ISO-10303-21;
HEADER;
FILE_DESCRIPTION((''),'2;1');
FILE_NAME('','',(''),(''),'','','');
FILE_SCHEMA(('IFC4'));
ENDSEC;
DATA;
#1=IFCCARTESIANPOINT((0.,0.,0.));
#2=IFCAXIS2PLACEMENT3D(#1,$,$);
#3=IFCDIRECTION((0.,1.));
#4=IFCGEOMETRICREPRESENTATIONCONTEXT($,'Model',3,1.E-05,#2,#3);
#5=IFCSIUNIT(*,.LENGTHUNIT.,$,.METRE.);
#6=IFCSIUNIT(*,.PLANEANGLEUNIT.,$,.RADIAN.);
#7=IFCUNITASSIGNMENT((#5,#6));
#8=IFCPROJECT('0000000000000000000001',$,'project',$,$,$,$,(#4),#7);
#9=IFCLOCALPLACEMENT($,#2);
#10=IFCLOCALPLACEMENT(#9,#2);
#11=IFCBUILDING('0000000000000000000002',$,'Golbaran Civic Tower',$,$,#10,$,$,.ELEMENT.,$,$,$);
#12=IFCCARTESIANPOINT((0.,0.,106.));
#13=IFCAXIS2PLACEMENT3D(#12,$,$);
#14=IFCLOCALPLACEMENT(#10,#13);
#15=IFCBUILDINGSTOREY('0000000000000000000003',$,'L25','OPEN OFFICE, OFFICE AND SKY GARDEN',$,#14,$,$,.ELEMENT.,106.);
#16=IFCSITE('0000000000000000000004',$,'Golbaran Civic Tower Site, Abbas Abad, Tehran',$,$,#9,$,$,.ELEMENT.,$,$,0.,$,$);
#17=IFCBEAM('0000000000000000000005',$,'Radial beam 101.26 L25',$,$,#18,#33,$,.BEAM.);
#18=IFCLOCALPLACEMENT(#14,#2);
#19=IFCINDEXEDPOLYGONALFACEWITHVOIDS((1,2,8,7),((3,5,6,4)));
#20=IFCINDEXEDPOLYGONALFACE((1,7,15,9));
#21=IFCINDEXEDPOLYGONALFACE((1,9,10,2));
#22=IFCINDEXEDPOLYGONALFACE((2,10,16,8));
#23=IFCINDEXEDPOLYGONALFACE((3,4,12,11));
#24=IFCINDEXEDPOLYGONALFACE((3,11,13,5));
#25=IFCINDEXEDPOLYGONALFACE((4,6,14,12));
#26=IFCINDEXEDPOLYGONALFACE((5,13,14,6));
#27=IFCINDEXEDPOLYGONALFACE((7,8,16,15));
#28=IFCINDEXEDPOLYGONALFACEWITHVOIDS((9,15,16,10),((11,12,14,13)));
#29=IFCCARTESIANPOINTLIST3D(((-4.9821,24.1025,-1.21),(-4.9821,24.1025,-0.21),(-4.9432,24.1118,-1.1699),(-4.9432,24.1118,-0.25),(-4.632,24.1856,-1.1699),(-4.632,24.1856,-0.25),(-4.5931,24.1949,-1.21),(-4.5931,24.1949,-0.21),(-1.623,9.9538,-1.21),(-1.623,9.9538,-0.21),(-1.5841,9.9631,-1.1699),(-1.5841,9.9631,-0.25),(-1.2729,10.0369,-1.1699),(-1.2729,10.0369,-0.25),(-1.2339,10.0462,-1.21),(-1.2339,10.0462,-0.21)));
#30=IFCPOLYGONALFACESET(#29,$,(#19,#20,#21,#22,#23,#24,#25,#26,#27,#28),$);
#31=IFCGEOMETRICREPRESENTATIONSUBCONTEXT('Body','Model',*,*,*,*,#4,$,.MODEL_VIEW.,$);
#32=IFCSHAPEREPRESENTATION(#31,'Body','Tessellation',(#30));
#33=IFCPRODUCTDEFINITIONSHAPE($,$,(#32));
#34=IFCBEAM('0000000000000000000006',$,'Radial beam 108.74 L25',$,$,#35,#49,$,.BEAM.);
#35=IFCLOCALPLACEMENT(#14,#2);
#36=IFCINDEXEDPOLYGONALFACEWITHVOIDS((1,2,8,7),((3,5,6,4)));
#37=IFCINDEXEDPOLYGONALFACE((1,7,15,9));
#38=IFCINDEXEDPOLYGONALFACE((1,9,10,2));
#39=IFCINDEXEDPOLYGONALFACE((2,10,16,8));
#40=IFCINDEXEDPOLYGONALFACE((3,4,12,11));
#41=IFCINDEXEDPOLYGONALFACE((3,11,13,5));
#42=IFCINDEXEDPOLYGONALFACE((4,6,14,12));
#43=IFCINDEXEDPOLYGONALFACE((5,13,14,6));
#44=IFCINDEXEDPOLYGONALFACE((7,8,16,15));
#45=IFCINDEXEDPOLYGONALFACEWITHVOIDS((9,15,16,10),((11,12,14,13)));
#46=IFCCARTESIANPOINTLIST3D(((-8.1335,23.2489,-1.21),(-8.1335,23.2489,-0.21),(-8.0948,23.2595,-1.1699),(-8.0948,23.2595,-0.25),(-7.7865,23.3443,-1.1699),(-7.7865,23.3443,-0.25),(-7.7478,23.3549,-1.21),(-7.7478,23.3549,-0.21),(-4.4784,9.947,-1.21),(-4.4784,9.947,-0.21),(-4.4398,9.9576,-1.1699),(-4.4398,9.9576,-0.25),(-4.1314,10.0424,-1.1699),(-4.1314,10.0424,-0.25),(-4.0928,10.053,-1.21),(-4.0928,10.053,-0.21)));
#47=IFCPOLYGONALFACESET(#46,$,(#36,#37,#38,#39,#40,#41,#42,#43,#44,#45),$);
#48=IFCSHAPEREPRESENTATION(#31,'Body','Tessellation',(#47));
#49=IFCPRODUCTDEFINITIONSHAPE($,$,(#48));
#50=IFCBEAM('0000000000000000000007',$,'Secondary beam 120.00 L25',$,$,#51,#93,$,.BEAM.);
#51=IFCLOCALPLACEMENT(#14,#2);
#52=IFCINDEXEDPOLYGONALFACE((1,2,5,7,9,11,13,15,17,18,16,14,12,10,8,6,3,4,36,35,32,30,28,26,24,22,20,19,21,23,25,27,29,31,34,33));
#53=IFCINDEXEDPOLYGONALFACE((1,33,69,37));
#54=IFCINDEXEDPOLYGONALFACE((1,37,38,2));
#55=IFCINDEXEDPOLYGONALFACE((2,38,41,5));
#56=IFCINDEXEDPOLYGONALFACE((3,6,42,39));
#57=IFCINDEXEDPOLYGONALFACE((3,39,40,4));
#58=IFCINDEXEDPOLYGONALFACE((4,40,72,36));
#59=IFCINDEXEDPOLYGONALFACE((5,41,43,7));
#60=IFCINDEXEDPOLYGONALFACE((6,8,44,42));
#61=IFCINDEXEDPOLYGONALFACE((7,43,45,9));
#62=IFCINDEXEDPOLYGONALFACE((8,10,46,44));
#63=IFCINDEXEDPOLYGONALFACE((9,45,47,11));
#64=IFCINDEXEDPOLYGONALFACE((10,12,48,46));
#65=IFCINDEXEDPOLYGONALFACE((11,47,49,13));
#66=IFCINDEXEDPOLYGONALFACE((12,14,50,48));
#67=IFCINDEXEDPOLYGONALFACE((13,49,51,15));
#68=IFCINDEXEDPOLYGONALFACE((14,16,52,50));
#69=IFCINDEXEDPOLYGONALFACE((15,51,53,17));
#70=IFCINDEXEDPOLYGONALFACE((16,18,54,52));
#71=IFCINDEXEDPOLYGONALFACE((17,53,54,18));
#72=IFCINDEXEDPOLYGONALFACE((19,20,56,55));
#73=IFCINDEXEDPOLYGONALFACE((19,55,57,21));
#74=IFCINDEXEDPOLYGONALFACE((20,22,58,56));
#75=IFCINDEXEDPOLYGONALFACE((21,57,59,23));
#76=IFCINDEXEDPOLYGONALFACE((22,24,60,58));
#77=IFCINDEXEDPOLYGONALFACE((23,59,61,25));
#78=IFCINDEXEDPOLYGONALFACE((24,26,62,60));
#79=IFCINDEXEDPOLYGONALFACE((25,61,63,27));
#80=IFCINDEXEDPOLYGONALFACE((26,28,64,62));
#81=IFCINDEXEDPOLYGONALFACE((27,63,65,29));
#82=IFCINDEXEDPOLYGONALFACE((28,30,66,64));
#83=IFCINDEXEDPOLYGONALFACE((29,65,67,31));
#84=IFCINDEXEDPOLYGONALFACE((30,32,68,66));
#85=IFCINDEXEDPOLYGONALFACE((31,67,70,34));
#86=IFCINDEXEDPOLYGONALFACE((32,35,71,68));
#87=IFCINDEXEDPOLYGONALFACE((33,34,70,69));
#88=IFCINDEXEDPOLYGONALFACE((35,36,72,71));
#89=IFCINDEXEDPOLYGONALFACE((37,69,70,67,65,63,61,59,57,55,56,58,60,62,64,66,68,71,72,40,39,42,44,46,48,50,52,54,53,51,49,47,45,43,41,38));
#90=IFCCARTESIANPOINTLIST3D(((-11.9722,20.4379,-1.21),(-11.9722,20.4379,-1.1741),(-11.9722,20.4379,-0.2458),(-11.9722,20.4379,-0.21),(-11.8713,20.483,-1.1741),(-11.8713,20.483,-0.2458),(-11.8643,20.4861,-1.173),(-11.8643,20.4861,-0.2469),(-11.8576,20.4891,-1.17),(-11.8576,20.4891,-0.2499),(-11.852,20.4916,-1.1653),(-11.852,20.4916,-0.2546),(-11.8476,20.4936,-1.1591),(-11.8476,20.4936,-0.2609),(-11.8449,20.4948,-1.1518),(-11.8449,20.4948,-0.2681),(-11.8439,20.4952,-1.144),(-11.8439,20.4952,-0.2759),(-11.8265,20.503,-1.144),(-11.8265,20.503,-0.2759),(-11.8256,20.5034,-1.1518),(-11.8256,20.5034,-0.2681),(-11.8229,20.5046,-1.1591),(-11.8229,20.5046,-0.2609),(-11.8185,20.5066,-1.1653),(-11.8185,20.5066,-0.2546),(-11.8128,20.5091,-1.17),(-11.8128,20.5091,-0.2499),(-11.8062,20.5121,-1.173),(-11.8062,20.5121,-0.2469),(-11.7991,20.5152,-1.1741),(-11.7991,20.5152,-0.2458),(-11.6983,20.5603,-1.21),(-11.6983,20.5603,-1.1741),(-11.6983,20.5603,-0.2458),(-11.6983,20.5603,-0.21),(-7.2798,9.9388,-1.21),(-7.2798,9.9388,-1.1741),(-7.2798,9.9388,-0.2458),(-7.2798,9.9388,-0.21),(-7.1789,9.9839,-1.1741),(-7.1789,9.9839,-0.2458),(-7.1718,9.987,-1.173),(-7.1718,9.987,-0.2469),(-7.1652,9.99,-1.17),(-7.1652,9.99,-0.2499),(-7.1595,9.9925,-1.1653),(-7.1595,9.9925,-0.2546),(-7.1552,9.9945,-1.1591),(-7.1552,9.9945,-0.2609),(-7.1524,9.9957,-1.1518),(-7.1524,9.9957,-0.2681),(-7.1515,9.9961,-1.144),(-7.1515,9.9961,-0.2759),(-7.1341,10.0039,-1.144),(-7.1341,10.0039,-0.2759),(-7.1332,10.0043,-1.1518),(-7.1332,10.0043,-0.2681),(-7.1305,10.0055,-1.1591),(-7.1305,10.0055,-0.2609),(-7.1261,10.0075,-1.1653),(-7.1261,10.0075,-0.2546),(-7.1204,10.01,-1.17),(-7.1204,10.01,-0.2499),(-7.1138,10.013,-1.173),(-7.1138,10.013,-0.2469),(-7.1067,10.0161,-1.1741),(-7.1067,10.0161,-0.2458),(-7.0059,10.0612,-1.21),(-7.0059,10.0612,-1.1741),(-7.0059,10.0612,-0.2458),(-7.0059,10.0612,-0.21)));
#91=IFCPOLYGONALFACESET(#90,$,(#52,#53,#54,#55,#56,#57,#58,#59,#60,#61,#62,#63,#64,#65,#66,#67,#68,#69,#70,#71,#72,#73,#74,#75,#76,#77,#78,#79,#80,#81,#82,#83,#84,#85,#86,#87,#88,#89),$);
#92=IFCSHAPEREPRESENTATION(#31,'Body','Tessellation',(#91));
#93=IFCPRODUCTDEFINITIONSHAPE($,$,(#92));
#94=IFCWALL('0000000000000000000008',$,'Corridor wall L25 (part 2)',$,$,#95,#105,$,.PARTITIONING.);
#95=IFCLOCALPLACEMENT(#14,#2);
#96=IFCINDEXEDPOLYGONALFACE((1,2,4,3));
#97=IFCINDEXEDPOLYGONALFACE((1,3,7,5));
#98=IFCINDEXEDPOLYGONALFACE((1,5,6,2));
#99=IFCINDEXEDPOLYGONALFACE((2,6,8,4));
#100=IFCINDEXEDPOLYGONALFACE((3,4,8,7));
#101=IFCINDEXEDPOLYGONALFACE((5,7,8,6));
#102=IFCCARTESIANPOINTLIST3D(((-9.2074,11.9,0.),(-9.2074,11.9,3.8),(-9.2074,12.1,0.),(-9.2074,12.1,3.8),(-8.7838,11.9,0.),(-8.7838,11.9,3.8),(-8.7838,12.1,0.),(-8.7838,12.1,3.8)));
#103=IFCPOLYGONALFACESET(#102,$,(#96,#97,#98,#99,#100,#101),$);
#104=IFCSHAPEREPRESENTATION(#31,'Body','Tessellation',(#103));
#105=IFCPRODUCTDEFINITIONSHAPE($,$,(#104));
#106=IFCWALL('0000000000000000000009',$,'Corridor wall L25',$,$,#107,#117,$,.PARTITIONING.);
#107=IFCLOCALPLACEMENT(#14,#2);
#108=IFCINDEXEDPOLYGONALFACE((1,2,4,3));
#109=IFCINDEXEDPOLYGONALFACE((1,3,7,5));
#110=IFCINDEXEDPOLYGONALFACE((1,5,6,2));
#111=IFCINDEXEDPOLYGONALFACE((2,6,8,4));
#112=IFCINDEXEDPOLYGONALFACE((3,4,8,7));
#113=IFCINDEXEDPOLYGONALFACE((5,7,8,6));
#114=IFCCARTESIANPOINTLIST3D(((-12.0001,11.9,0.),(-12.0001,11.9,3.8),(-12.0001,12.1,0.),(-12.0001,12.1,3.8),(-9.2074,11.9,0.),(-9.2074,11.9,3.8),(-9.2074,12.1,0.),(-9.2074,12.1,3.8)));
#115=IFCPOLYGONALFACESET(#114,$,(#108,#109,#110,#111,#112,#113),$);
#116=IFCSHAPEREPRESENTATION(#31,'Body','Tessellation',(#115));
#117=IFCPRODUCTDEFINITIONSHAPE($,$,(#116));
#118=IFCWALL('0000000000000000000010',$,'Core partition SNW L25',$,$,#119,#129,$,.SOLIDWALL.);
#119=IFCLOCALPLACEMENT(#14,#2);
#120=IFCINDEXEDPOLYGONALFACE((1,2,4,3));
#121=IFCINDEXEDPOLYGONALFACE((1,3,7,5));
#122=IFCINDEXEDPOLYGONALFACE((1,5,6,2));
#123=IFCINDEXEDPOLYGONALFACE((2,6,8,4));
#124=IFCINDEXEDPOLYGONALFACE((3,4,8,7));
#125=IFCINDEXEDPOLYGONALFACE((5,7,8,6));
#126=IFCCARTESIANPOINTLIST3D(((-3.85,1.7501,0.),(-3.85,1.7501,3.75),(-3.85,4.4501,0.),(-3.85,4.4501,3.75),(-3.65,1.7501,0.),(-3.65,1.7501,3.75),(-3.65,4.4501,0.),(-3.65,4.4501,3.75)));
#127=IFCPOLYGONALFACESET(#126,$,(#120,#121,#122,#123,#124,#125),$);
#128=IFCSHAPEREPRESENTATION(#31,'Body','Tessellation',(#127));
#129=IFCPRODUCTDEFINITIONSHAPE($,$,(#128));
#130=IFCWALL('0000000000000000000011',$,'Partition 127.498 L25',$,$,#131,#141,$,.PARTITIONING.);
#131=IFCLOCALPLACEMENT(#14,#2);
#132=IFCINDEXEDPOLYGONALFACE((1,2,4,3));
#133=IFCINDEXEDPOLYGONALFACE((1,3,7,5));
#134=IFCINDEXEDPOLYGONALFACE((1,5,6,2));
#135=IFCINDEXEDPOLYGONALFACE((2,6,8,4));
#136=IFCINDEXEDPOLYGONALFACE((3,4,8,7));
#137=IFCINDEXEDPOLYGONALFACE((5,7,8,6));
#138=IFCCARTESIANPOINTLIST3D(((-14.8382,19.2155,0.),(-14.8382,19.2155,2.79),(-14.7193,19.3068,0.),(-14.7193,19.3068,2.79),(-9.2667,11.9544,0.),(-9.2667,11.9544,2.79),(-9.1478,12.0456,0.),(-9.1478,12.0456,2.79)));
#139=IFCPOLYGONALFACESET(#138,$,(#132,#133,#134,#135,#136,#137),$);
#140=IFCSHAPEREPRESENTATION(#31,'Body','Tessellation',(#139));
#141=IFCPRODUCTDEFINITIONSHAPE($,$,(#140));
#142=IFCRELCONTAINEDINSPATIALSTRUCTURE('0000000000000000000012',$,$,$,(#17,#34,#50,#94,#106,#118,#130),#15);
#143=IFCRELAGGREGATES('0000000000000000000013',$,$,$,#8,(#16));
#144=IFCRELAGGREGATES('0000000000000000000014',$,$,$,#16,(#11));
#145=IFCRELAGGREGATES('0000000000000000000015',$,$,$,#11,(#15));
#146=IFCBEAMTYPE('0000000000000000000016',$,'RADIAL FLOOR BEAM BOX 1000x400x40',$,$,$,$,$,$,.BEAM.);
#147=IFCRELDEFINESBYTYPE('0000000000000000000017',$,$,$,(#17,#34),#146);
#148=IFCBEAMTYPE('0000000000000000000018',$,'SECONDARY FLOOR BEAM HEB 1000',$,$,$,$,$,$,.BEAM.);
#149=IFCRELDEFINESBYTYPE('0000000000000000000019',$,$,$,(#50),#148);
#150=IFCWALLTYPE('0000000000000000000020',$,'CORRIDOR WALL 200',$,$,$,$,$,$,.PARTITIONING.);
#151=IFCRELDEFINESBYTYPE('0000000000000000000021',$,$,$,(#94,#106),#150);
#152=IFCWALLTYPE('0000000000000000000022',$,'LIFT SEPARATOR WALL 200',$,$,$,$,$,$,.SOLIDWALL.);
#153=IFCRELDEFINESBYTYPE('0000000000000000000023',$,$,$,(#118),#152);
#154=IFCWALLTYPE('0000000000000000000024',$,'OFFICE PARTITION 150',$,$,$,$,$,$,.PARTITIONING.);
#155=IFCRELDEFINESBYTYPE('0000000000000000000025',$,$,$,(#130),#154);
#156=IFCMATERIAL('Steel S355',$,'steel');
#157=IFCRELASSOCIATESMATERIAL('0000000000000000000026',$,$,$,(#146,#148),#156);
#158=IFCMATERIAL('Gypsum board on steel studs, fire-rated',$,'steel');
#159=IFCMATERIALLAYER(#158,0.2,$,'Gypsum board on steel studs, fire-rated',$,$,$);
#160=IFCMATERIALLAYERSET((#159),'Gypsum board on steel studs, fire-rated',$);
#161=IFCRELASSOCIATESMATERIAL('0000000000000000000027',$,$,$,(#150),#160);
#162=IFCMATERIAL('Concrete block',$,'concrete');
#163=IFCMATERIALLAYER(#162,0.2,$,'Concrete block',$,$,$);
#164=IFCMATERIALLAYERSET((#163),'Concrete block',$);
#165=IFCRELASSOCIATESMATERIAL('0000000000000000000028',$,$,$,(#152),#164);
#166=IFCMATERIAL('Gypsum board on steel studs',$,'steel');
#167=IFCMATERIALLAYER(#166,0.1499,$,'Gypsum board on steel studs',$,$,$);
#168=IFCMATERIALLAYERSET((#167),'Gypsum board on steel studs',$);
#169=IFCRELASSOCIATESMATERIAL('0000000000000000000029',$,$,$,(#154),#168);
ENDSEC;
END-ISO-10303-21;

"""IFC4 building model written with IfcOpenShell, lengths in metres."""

from ifc_helpers import new_model, si_unit, direction, frame, frame_2d, origin, origin_2d, place, context, subcontext, project, spatial, rectangle, hollow_rectangle, i_section, extrude, material, layer, layer_set, material_profile, profile_set, type_object, element, save


model = new_model("IFC4")

# Units and contexts
model_context = context("Model", 3, precision=1e-05, world=origin(), true_north=direction((0.0, 1.0)))
body_context = subcontext(model_context, "Body", "Model", "MODEL_VIEW")
ifc_project = project(units=[si_unit("LENGTHUNIT", "METRE"), si_unit("PLANEANGLEUNIT", "RADIAN")], contexts=[model_context])

# Site, building, storey
site_placement = place(None, origin())
site = spatial("IfcSite", under=ifc_project, at=site_placement, Name="Golbaran Civic Tower Site, Abbas Abad, Tehran", CompositionType="ELEMENT", RefElevation=0.0)
building_placement = place(site_placement, origin())
building = spatial("IfcBuilding", under=site, at=building_placement, Name="Golbaran Civic Tower", CompositionType="ELEMENT")
storey_placement = place(building_placement, frame((0.0, 0.0, 106.0)))
storey = spatial("IfcBuildingStorey", under=building, at=storey_placement, Name="L25", Description="OPEN OFFICE, OFFICE AND SKY GARDEN", CompositionType="ELEMENT", Elevation=106.0)

# Beams
ifc_material_1 = material(Name="Steel S355", Category="steel")
ifc_material_profile_1 = material_profile(ifc_material_1, hollow_rectangle(XDim=0.3999, YDim=1.0, WallThickness=0.04, at=origin_2d()), Name="BOX 1000x400x40")
ifc_profile_set_1 = profile_set([ifc_material_profile_1], Name="Steel S355")
beam_type_1 = type_object("IfcBeamType", Name="RADIAL FLOOR BEAM BOX 1000x400x40", PredefinedType="BEAM", material=ifc_profile_set_1)
beam_1_placement = place(storey_placement, frame((-1.4285, 10.0, -0.71), z_axis=(-0.230996, 0.972955, 0.0), x_axis=(-0.972955, -0.230996, 0.0)))
element("IfcBeam", 1, at=beam_1_placement, inside=storey, type_object=beam_type_1, Name="Radial beam 101.26 L25", PredefinedType="BEAM", context=body_context, shape_type="SweptSolid", body=[
    extrude(hollow_rectangle(XDim=0.3999, YDim=1.0, WallThickness=0.04, at=origin_2d()), origin(), (0.0, 0.0, 1.0), 14.542),
])
beam_2_placement = place(storey_placement, frame((-4.2856, 10.0, -0.71), z_axis=(-0.264953, 0.964261, 0.0), x_axis=(-0.964261, -0.264953, 0.0)))
element("IfcBeam", 2, at=beam_2_placement, inside=storey, type_object=beam_type_1, Name="Radial beam 108.74 L25", PredefinedType="BEAM", context=body_context, shape_type="SweptSolid", body=[
    extrude(hollow_rectangle(XDim=0.3999, YDim=1.0, WallThickness=0.04, at=origin_2d()), origin(), (0.0, 0.0, 1.0), 13.7949),
])
ifc_material_profile_2 = material_profile(ifc_material_1, i_section(OverallWidth=0.3, OverallDepth=1.0, WebThickness=0.019, FlangeThickness=0.0359, FilletRadius=0.03, at=origin_2d()), Name="HEB 1000")
ifc_profile_set_2 = profile_set([ifc_material_profile_2], Name="Steel S355")
beam_type_2 = type_object("IfcBeamType", Name="SECONDARY FLOOR BEAM HEB 1000", PredefinedType="BEAM", material=ifc_profile_set_2)
beam_3_placement = place(storey_placement, frame((-7.1428, 10.0, -0.71), z_axis=(-0.408036, 0.912966, 0.0), x_axis=(-0.912966, -0.408036, 0.0)))
element("IfcBeam", 3, at=beam_3_placement, inside=storey, type_object=beam_type_2, Name="Secondary beam 120.00 L25", PredefinedType="BEAM", context=body_context, shape_type="SweptSolid", body=[
    extrude(i_section(OverallWidth=0.3, OverallDepth=1.0, WebThickness=0.019, FlangeThickness=0.0359, FilletRadius=0.03, at=origin_2d()), origin(), (0.0, 0.0, 1.0), 11.5),
])

# Walls
ifc_material_2 = material(Name="Gypsum board on steel studs, fire-rated", Category="steel")
ifc_layer_1 = layer(ifc_material_2, 0.2, Name="Gypsum board on steel studs, fire-rated")
ifc_layer_set_1 = layer_set([ifc_layer_1], Name="Gypsum board on steel studs, fire-rated")
wall_type_1 = type_object("IfcWallType", Name="CORRIDOR WALL 200", PredefinedType="PARTITIONING", material=ifc_layer_set_1)
wall_1_placement = place(storey_placement, frame((-8.7837, 12.0, 0.0), z_axis=(0.0, 0.0, 1.0), x_axis=(-1.0, 0.0, 0.0)))
element("IfcWall", 4, at=wall_1_placement, inside=storey, type_object=wall_type_1, Name="Corridor wall L25 (part 2)", PredefinedType="PARTITIONING", context=body_context, shape_type="SweptSolid", body=[
    extrude(rectangle(XDim=0.4236, YDim=0.2, at=frame_2d((0.2119, 0.0))), origin(), (0.0, 0.0, 1.0), 3.8),
])
wall_2_placement = place(storey_placement, frame((-9.2073, 12.0, 0.0), z_axis=(0.0, 0.0, 1.0), x_axis=(-1.0, 0.0, 0.0)))
element("IfcWall", 5, at=wall_2_placement, inside=storey, type_object=wall_type_1, Name="Corridor wall L25", PredefinedType="PARTITIONING", context=body_context, shape_type="SweptSolid", body=[
    extrude(rectangle(XDim=2.7927, YDim=0.2, at=frame_2d((1.3965, 0.0))), origin(), (0.0, 0.0, 1.0), 3.8),
])
ifc_material_3 = material(Name="Concrete block", Category="concrete")
ifc_layer_2 = layer(ifc_material_3, 0.2, Name="Concrete block")
ifc_layer_set_2 = layer_set([ifc_layer_2], Name="Concrete block")
wall_type_2 = type_object("IfcWallType", Name="LIFT SEPARATOR WALL 200", PredefinedType="SOLIDWALL", material=ifc_layer_set_2)
wall_3_placement = place(storey_placement, frame((-3.75, 1.75, 0.0), z_axis=(0.0, 0.0, 1.0), x_axis=(0.0, 1.0, 0.0)))
element("IfcWall", 6, at=wall_3_placement, inside=storey, type_object=wall_type_2, Name="Core partition SNW L25", PredefinedType="SOLIDWALL", context=body_context, shape_type="SweptSolid", body=[
    extrude(rectangle(XDim=2.7, YDim=0.2, at=frame_2d((1.3501, 0.0))), origin(), (0.0, 0.0, 1.0), 3.75),
])
ifc_material_4 = material(Name="Gypsum board on steel studs", Category="steel")
ifc_layer_3 = layer(ifc_material_4, 0.1499, Name="Gypsum board on steel studs")
ifc_layer_set_3 = layer_set([ifc_layer_3], Name="Gypsum board on steel studs")
wall_type_3 = type_object("IfcWallType", Name="OFFICE PARTITION 150", PredefinedType="PARTITIONING", material=ifc_layer_set_3)
wall_4_placement = place(storey_placement, frame((-9.2073, 12.0, 0.0), z_axis=(0.0, 0.0, 1.0), x_axis=(-0.608747, 0.793364, 0.0)))
element("IfcWall", 7, at=wall_4_placement, inside=storey, type_object=wall_type_3, Name="Partition 127.498 L25", PredefinedType="PARTITIONING", context=body_context, shape_type="SweptSolid", body=[
    extrude(rectangle(XDim=9.1523, YDim=0.1499, at=frame_2d((4.5762, 0.0))), origin(), (0.0, 0.0, 1.0), 2.79),
])

save(model, "model.ifc")
